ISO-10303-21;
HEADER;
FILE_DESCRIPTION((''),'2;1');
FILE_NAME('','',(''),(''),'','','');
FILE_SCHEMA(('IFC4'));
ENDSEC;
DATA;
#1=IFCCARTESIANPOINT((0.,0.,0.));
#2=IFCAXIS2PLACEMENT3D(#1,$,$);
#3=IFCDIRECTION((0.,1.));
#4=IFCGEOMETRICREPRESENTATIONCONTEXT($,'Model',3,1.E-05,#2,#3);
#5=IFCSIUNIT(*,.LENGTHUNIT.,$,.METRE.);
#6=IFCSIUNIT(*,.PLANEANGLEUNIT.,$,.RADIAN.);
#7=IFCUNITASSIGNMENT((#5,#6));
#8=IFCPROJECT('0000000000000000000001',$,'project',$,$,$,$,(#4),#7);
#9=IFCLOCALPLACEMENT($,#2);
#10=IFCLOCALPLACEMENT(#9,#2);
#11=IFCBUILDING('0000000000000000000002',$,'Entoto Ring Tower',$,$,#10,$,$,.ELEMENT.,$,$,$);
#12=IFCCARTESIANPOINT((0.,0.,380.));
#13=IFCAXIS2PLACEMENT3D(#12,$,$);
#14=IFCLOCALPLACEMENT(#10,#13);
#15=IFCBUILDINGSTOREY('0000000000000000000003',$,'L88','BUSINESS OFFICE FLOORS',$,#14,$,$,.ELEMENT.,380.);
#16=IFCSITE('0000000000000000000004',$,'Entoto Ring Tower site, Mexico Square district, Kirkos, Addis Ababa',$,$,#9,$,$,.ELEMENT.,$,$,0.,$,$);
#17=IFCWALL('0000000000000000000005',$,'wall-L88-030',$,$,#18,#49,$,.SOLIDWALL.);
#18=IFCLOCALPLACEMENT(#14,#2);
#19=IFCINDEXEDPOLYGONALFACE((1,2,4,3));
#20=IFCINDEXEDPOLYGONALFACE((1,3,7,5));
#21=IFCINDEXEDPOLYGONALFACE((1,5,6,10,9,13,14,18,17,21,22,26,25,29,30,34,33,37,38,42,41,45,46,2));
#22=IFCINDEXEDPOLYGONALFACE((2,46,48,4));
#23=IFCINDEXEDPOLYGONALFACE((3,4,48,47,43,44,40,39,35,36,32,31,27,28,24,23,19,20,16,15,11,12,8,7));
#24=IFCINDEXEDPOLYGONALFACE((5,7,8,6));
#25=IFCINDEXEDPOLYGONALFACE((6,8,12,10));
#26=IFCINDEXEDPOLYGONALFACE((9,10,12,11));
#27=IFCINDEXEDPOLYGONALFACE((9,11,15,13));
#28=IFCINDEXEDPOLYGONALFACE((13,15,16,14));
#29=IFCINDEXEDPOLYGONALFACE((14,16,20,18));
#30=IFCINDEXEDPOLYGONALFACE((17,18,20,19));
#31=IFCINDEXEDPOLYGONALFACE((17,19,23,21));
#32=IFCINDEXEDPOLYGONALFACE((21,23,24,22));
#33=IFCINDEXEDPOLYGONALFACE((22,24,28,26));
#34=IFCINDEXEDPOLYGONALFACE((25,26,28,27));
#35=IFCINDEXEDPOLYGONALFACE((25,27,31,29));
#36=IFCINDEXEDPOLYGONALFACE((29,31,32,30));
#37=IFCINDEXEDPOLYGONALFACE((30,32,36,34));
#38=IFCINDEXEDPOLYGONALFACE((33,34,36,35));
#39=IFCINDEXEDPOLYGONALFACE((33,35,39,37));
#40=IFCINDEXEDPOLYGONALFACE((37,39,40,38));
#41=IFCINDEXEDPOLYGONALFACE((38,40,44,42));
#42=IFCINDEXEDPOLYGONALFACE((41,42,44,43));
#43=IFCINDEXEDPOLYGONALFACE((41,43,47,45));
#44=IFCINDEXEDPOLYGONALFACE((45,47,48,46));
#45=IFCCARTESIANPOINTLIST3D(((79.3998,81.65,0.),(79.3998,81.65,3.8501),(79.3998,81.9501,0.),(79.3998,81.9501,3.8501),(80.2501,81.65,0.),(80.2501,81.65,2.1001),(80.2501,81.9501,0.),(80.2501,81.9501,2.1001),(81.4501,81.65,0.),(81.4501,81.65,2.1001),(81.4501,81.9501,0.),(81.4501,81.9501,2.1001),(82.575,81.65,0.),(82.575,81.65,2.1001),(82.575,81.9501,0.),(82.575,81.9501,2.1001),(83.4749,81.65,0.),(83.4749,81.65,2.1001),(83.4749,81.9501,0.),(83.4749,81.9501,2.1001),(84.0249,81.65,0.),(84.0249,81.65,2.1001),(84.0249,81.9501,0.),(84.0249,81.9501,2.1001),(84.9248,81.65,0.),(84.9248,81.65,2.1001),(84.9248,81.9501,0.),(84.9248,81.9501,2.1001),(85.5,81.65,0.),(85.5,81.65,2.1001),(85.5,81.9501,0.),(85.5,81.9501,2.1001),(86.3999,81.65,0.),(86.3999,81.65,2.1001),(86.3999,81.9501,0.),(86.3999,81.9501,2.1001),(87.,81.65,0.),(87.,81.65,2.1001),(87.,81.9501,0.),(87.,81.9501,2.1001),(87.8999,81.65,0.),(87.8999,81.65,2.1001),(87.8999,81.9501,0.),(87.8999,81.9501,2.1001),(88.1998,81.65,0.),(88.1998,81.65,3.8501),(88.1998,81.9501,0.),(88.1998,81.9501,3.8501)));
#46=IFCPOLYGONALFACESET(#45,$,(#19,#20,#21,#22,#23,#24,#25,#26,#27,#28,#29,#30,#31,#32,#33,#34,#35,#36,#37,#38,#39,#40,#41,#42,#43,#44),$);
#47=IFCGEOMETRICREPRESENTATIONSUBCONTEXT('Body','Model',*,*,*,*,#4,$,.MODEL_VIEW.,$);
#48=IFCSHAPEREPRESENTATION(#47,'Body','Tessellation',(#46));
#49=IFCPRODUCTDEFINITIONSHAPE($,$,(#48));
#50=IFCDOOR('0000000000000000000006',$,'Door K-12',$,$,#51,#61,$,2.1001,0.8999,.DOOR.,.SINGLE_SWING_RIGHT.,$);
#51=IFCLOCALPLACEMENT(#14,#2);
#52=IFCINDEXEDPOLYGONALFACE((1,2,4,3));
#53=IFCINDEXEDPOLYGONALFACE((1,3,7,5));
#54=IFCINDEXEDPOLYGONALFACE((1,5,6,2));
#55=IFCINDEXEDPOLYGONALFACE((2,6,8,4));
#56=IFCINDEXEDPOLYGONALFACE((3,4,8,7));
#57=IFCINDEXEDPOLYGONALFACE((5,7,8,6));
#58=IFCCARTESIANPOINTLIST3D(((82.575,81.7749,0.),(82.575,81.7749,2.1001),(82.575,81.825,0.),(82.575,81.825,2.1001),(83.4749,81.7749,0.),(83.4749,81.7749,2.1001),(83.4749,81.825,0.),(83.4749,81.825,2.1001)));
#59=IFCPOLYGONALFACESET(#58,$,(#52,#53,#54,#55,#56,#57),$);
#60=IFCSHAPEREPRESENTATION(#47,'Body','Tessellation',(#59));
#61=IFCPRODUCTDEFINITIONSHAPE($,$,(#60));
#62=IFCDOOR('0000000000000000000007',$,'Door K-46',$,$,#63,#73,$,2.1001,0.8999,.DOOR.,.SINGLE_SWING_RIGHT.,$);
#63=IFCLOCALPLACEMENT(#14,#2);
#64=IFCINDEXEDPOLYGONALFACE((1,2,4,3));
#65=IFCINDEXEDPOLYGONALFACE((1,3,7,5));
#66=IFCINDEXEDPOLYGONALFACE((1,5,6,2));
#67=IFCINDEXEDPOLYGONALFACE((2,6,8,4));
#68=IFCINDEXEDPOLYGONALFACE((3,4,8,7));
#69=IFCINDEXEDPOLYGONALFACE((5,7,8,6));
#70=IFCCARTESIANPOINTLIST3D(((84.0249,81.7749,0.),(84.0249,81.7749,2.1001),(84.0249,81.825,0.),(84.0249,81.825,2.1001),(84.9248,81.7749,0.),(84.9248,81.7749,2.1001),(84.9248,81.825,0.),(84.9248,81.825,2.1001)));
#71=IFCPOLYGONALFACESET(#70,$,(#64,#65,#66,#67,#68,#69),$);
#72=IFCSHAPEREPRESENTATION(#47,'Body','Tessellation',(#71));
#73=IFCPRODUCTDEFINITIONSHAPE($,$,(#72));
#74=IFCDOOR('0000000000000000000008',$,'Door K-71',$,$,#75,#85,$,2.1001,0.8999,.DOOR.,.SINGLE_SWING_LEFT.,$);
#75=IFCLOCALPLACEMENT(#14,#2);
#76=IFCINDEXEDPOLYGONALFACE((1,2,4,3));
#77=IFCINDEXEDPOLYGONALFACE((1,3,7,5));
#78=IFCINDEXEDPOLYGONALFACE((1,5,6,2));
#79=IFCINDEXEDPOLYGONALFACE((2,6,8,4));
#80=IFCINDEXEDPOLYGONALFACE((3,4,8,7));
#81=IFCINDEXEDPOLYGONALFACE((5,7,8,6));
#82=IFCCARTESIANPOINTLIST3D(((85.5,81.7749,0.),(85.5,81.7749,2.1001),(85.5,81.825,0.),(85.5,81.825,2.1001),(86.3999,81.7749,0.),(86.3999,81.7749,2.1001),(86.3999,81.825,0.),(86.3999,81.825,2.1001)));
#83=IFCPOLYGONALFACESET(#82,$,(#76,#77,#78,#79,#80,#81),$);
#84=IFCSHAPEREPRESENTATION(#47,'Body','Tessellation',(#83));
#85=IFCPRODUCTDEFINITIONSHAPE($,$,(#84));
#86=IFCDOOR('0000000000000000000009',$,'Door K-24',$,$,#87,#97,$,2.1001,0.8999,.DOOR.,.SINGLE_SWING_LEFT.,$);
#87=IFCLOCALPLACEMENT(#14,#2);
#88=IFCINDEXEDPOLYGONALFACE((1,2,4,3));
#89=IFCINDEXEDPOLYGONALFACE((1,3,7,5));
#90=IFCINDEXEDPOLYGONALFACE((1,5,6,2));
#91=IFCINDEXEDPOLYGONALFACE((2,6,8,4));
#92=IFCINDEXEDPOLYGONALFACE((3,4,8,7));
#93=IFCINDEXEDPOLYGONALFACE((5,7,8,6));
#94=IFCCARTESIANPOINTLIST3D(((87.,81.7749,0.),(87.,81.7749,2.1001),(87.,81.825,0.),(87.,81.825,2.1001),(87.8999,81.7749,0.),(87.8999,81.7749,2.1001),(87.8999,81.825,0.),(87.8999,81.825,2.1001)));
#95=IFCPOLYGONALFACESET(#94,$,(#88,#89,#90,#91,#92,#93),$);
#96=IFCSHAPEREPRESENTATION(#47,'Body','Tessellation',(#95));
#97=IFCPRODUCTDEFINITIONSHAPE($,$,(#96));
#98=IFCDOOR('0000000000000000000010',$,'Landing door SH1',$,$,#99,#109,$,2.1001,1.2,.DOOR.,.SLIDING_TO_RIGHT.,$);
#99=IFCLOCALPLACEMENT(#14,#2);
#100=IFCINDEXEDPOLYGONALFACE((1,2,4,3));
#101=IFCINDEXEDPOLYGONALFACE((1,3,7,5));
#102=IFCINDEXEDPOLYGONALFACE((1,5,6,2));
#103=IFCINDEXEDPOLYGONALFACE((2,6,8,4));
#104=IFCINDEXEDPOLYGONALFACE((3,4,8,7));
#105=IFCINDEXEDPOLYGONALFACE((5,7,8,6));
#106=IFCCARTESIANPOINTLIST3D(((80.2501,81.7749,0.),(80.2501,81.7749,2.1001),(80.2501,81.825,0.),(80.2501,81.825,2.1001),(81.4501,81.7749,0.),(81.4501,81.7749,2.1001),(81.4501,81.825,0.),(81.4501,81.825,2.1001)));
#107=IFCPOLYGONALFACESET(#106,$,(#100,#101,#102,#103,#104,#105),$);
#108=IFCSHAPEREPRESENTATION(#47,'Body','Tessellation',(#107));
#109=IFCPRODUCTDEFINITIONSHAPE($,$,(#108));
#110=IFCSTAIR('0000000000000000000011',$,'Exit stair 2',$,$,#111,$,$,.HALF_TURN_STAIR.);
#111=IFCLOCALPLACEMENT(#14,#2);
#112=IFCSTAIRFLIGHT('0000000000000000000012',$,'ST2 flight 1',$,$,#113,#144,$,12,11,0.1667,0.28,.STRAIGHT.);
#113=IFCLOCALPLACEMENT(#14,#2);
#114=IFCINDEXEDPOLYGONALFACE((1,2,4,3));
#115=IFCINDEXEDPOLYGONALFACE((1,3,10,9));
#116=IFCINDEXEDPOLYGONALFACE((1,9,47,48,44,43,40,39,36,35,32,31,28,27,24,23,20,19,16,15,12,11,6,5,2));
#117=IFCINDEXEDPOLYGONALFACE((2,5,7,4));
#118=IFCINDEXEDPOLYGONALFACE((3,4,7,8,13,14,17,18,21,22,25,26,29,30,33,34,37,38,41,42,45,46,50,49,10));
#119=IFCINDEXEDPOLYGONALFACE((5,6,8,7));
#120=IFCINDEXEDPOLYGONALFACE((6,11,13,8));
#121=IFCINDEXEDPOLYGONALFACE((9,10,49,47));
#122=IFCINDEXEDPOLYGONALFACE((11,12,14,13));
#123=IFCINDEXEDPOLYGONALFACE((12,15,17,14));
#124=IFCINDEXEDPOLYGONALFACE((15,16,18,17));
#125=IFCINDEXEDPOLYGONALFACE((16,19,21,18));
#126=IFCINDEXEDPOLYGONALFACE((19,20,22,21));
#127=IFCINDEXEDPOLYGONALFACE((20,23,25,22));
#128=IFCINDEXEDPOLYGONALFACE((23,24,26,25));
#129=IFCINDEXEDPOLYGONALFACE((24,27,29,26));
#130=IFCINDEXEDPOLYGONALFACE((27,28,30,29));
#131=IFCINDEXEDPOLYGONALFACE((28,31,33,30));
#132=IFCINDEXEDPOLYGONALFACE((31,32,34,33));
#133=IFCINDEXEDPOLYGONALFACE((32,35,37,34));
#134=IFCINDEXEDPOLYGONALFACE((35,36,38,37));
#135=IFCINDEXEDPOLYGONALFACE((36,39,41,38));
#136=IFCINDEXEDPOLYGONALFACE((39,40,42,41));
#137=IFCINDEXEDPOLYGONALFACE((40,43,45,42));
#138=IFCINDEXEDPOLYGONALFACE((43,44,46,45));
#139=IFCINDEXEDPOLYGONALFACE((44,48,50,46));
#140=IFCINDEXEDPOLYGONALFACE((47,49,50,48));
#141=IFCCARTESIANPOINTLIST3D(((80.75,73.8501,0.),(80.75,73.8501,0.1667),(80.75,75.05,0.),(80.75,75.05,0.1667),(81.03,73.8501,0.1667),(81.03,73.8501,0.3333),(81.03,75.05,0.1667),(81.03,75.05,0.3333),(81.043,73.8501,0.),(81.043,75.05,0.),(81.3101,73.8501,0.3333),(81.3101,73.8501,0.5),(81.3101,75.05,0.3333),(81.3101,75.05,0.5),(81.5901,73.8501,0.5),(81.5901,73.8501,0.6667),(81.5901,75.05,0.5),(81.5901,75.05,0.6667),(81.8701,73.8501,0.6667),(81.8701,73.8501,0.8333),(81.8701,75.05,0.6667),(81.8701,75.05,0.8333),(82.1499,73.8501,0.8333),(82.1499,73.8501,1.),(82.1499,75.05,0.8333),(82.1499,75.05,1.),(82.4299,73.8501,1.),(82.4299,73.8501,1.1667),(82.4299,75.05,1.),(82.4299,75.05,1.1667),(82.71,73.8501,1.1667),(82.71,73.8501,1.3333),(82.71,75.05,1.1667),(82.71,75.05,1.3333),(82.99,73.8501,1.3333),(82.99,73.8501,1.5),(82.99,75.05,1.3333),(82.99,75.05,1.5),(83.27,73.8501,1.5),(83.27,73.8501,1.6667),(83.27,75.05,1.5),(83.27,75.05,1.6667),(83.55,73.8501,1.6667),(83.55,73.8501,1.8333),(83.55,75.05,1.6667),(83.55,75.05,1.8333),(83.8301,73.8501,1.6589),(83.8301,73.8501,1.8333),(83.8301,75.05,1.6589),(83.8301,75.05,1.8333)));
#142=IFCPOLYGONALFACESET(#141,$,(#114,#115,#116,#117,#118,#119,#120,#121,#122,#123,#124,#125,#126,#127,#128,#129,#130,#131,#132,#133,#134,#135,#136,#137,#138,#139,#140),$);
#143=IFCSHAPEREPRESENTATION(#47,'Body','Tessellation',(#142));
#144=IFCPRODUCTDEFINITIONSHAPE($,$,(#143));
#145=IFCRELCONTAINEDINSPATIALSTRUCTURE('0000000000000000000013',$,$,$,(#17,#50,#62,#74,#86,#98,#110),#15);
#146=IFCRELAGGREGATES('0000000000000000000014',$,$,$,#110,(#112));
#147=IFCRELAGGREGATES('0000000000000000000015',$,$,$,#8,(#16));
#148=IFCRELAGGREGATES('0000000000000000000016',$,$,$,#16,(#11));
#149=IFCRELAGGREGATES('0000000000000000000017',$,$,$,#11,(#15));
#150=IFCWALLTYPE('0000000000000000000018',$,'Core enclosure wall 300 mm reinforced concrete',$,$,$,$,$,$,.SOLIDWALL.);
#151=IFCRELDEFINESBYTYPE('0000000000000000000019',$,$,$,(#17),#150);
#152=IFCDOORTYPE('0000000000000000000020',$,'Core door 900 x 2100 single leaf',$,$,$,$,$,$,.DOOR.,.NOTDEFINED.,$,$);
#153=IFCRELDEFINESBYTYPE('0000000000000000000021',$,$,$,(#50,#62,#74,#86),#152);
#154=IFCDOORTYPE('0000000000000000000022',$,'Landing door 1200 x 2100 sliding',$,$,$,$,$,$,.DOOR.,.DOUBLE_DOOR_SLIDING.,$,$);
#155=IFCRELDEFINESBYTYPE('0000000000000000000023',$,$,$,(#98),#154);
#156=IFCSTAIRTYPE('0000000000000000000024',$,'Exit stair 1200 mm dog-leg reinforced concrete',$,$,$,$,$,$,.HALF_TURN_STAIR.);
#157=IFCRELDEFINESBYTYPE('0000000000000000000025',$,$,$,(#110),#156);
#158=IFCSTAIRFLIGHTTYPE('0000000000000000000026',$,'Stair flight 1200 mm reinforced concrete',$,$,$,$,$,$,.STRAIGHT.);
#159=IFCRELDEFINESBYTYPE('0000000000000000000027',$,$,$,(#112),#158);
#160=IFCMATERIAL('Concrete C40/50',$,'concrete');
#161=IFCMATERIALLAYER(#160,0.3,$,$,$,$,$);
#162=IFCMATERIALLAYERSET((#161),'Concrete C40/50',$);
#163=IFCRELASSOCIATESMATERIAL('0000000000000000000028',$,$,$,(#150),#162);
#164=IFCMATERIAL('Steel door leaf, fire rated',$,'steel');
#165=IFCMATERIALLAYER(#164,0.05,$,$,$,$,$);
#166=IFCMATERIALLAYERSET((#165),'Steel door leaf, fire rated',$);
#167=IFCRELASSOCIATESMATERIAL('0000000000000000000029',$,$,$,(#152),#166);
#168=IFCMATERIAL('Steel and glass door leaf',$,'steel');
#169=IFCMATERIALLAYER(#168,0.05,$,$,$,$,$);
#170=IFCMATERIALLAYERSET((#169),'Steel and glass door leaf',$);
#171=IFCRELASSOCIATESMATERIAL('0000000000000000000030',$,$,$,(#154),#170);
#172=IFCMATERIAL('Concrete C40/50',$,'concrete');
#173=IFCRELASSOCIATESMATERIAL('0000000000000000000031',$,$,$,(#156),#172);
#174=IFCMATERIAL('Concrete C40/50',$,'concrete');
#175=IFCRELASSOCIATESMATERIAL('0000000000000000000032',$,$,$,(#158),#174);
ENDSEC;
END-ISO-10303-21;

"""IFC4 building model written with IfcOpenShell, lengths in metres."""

from ifc_helpers import new_model, si_unit, direction, frame, frame_2d, origin, place, context, subcontext, project, spatial, polyline, rectangle, outline, extrude, material, layer, layer_set, type_object, element, fill, aggregate, save


model = new_model("IFC4")

# Units and contexts
model_context = context("Model", 3, precision=1e-05, world=origin(), true_north=direction((0.0, 1.0)))
body_context = subcontext(model_context, "Body", "Model", "MODEL_VIEW")
ifc_project = project(units=[si_unit("LENGTHUNIT", "METRE"), si_unit("PLANEANGLEUNIT", "RADIAN")], contexts=[model_context])

# Site, building, storey
site_placement = place(None, origin())
site = spatial("IfcSite", under=ifc_project, at=site_placement, Name="Entoto Ring Tower site, Mexico Square district, Kirkos, Addis Ababa", CompositionType="ELEMENT", RefElevation=0.0)
building_placement = place(site_placement, origin())
building = spatial("IfcBuilding", under=site, at=building_placement, Name="Entoto Ring Tower", CompositionType="ELEMENT")
storey_placement = place(building_placement, frame((0.0, 0.0, 380.0)))
storey = spatial("IfcBuildingStorey", under=building, at=storey_placement, Name="L88", Description="BUSINESS OFFICE FLOORS", CompositionType="ELEMENT", Elevation=380.0)

# Shared definitions
ifc_material_1 = material(Name="Concrete C40/50", Category="concrete")
ifc_layer_1 = layer(ifc_material_1, 0.3)
ifc_layer_set_1 = layer_set([ifc_layer_1], Name="Concrete C40/50")
wall_type = type_object("IfcWallType", Name="Core enclosure wall 300 mm reinforced concrete", PredefinedType="SOLIDWALL", material=ifc_layer_set_1)

# Wall, openings, doors
ifc_material_2 = material(Name="Steel door leaf, fire rated", Category="steel")
ifc_layer_2 = layer(ifc_material_2, 0.05)
ifc_layer_set_2 = layer_set([ifc_layer_2], Name="Steel door leaf, fire rated")
door_type_1 = type_object("IfcDoorType", Name="Core door 900 x 2100 single leaf", OperationType="NOTDEFINED", PredefinedType="DOOR", material=ifc_layer_set_2)
ifc_material_3 = material(Name="Steel and glass door leaf", Category="steel")
ifc_layer_3 = layer(ifc_material_3, 0.05)
ifc_layer_set_3 = layer_set([ifc_layer_3], Name="Steel and glass door leaf")
door_type_2 = type_object("IfcDoorType", Name="Landing door 1200 x 2100 sliding", OperationType="DOUBLE_DOOR_SLIDING", PredefinedType="DOOR", material=ifc_layer_set_3)
wall_1_placement = place(storey_placement, frame((79.3999, 81.8, 0.0), z_axis=(0.0, 0.0, 1.0), x_axis=(1.0, 0.0, 0.0)))
wall_1 = element("IfcWall", 1, at=wall_1_placement, inside=storey, type_object=wall_type, Name="wall-L88-030", PredefinedType="SOLIDWALL", context=body_context, shape_type="SweptSolid", body=[
    extrude(rectangle(XDim=8.8, YDim=0.3, at=frame_2d((4.3999, 0.0))), origin(), (0.0, 0.0, 1.0), 3.8501),
])
opening_1_placement = place(wall_1_placement, frame((0.8501, 0.0, 0.0)))
opening_1 = element("IfcOpeningElement", 2, at=opening_1_placement, cuts=wall_1, PredefinedType="OPENING", context=body_context, shape_type="SweptSolid", body=[
    extrude(rectangle(XDim=1.2, YDim=2.1001, at=frame_2d((0.6001, 1.05))), frame((0.0, 0.1602, 0.0), z_axis=(0.0, -1.0, 0.0), x_axis=(1.0, 0.0, 0.0)), (0.0, 0.0, 1.0), 0.3201),
])
opening_2_placement = place(wall_1_placement, frame((3.175, 0.0, 0.0)))
opening_2 = element("IfcOpeningElement", 3, at=opening_2_placement, cuts=wall_1, PredefinedType="OPENING", context=body_context, shape_type="SweptSolid", body=[
    extrude(rectangle(XDim=0.8999, YDim=2.1001, at=frame_2d((0.45, 1.05))), frame((0.0, 0.1602, 0.0), z_axis=(0.0, -1.0, 0.0), x_axis=(1.0, 0.0, 0.0)), (0.0, 0.0, 1.0), 0.3201),
])
opening_3_placement = place(wall_1_placement, frame((4.625, 0.0, 0.0)))
opening_3 = element("IfcOpeningElement", 4, at=opening_3_placement, cuts=wall_1, PredefinedType="OPENING", context=body_context, shape_type="SweptSolid", body=[
    extrude(rectangle(XDim=0.8999, YDim=2.1001, at=frame_2d((0.45, 1.05))), frame((0.0, 0.1602, 0.0), z_axis=(0.0, -1.0, 0.0), x_axis=(1.0, 0.0, 0.0)), (0.0, 0.0, 1.0), 0.3201),
])
opening_4_placement = place(wall_1_placement, frame((6.1001, 0.0, 0.0)))
opening_4 = element("IfcOpeningElement", 5, at=opening_4_placement, cuts=wall_1, PredefinedType="OPENING", context=body_context, shape_type="SweptSolid", body=[
    extrude(rectangle(XDim=0.8999, YDim=2.1001, at=frame_2d((0.45, 1.05))), frame((0.0, 0.1602, 0.0), z_axis=(0.0, -1.0, 0.0), x_axis=(1.0, 0.0, 0.0)), (0.0, 0.0, 1.0), 0.3201),
])
opening_5_placement = place(wall_1_placement, frame((7.6001, 0.0, 0.0)))
opening_5 = element("IfcOpeningElement", 6, at=opening_5_placement, cuts=wall_1, PredefinedType="OPENING", context=body_context, shape_type="SweptSolid", body=[
    extrude(rectangle(XDim=0.8999, YDim=2.1001, at=frame_2d((0.45, 1.05))), frame((0.0, 0.1602, 0.0), z_axis=(0.0, -1.0, 0.0), x_axis=(1.0, 0.0, 0.0)), (0.0, 0.0, 1.0), 0.3201),
])
door_1_placement = place(opening_2_placement, origin())
door_1 = element("IfcDoor", 7, at=door_1_placement, inside=storey, type_object=door_type_1, Name="Door K-12", OperationType="SINGLE_SWING_RIGHT", OverallHeight=2.1001, OverallWidth=0.8999, PredefinedType="DOOR", context=body_context, shape_type="SweptSolid", body=[
    extrude(rectangle(XDim=0.8999, YDim=2.1001, at=frame_2d((0.45, 1.05))), frame((0.0, 0.0249, 0.0), z_axis=(0.0, -1.0, 0.0), x_axis=(1.0, 0.0, 0.0)), (0.0, 0.0, 1.0), 0.05),
])
fill(opening_2, door_1)
door_2_placement = place(opening_3_placement, origin())
door_2 = element("IfcDoor", 8, at=door_2_placement, inside=storey, type_object=door_type_1, Name="Door K-46", OperationType="SINGLE_SWING_RIGHT", OverallHeight=2.1001, OverallWidth=0.8999, PredefinedType="DOOR", context=body_context, shape_type="SweptSolid", body=[
    extrude(rectangle(XDim=0.8999, YDim=2.1001, at=frame_2d((0.45, 1.05))), frame((0.0, 0.0249, 0.0), z_axis=(0.0, -1.0, 0.0), x_axis=(1.0, 0.0, 0.0)), (0.0, 0.0, 1.0), 0.05),
])
fill(opening_3, door_2)
door_3_placement = place(opening_4_placement, origin())
door_3 = element("IfcDoor", 9, at=door_3_placement, inside=storey, type_object=door_type_1, Name="Door K-71", OperationType="SINGLE_SWING_LEFT", OverallHeight=2.1001, OverallWidth=0.8999, PredefinedType="DOOR", context=body_context, shape_type="SweptSolid", body=[
    extrude(rectangle(XDim=0.8999, YDim=2.1001, at=frame_2d((0.45, 1.05))), frame((0.0, 0.0249, 0.0), z_axis=(0.0, -1.0, 0.0), x_axis=(1.0, 0.0, 0.0)), (0.0, 0.0, 1.0), 0.05),
])
fill(opening_4, door_3)
door_4_placement = place(opening_5_placement, origin())
door_4 = element("IfcDoor", 10, at=door_4_placement, inside=storey, type_object=door_type_1, Name="Door K-24", OperationType="SINGLE_SWING_LEFT", OverallHeight=2.1001, OverallWidth=0.8999, PredefinedType="DOOR", context=body_context, shape_type="SweptSolid", body=[
    extrude(rectangle(XDim=0.8999, YDim=2.1001, at=frame_2d((0.45, 1.05))), frame((0.0, 0.0249, 0.0), z_axis=(0.0, -1.0, 0.0), x_axis=(1.0, 0.0, 0.0)), (0.0, 0.0, 1.0), 0.05),
])
fill(opening_5, door_4)
door_5_placement = place(opening_1_placement, origin())
door_5 = element("IfcDoor", 11, at=door_5_placement, inside=storey, type_object=door_type_2, Name="Landing door SH1", OperationType="SLIDING_TO_RIGHT", OverallHeight=2.1001, OverallWidth=1.2, PredefinedType="DOOR", context=body_context, shape_type="SweptSolid", body=[
    extrude(rectangle(XDim=1.2, YDim=2.1001, at=frame_2d((0.6001, 1.05))), frame((0.0, 0.0249, 0.0), z_axis=(0.0, -1.0, 0.0), x_axis=(1.0, 0.0, 0.0)), (0.0, 0.0, 1.0), 0.05),
])
fill(opening_1, door_5)

# Stair, stair flight
ifc_material_4 = material(Name="Concrete C40/50", Category="concrete")
stair_type = type_object("IfcStairType", Name="Exit stair 1200 mm dog-leg reinforced concrete", PredefinedType="HALF_TURN_STAIR", material=ifc_material_4)
stair_placement = place(storey_placement, origin())
stair = element("IfcStair", 12, at=stair_placement, inside=storey, type_object=stair_type, Name="Exit stair 2", PredefinedType="HALF_TURN_STAIR")
ifc_material_5 = material(Name="Concrete C40/50", Category="concrete")
stair_flight_type = type_object("IfcStairFlightType", Name="Stair flight 1200 mm reinforced concrete", PredefinedType="STRAIGHT", material=ifc_material_5)
stair_flight_1_placement = place(storey_placement, frame((80.75, 74.45, 0.0), z_axis=(0.0, 0.0, 1.0), x_axis=(1.0, 0.0, 0.0)))
stair_flight_1 = element("IfcStairFlight", 13, at=stair_flight_1_placement, type_object=stair_flight_type, Name="ST2 flight 1", NumberOfRisers=12, NumberOfTreads=11, PredefinedType="STRAIGHT", RiserHeight=0.1667, TreadLength=0.28, context=body_context, shape_type="SweptSolid", body=[
    extrude(outline(polyline([(0.0, 0.0), (0.0, 0.1667), (0.28, 0.1667), (0.28, 0.3333), (0.5601, 0.3333), (0.5601, 0.5), (0.8401, 0.5), (0.8401, 0.6667), (1.1201, 0.6667), (1.1201, 0.8333), (1.3999, 0.8333), (1.3999, 1.0), (1.6799, 1.0), (1.6799, 1.1667), (1.96, 1.1667), (1.96, 1.3333), (2.24, 1.3333), (2.24, 1.5), (2.52, 1.5), (2.52, 1.6667), (2.8, 1.6667), (2.8, 1.8333), (3.0801, 1.8333), (3.0801, 2.0), (3.0801, 1.6589), (0.293, 0.0), (0.0, 0.0)])), frame((0.0, 0.6001, 0.0), z_axis=(0.0, -1.0, 0.0), x_axis=(1.0, 0.0, 0.0)), (0.0, 0.0, 1.0), 1.2),
])
aggregate(stair, [stair_flight_1])

save(model, "model.ifc")
